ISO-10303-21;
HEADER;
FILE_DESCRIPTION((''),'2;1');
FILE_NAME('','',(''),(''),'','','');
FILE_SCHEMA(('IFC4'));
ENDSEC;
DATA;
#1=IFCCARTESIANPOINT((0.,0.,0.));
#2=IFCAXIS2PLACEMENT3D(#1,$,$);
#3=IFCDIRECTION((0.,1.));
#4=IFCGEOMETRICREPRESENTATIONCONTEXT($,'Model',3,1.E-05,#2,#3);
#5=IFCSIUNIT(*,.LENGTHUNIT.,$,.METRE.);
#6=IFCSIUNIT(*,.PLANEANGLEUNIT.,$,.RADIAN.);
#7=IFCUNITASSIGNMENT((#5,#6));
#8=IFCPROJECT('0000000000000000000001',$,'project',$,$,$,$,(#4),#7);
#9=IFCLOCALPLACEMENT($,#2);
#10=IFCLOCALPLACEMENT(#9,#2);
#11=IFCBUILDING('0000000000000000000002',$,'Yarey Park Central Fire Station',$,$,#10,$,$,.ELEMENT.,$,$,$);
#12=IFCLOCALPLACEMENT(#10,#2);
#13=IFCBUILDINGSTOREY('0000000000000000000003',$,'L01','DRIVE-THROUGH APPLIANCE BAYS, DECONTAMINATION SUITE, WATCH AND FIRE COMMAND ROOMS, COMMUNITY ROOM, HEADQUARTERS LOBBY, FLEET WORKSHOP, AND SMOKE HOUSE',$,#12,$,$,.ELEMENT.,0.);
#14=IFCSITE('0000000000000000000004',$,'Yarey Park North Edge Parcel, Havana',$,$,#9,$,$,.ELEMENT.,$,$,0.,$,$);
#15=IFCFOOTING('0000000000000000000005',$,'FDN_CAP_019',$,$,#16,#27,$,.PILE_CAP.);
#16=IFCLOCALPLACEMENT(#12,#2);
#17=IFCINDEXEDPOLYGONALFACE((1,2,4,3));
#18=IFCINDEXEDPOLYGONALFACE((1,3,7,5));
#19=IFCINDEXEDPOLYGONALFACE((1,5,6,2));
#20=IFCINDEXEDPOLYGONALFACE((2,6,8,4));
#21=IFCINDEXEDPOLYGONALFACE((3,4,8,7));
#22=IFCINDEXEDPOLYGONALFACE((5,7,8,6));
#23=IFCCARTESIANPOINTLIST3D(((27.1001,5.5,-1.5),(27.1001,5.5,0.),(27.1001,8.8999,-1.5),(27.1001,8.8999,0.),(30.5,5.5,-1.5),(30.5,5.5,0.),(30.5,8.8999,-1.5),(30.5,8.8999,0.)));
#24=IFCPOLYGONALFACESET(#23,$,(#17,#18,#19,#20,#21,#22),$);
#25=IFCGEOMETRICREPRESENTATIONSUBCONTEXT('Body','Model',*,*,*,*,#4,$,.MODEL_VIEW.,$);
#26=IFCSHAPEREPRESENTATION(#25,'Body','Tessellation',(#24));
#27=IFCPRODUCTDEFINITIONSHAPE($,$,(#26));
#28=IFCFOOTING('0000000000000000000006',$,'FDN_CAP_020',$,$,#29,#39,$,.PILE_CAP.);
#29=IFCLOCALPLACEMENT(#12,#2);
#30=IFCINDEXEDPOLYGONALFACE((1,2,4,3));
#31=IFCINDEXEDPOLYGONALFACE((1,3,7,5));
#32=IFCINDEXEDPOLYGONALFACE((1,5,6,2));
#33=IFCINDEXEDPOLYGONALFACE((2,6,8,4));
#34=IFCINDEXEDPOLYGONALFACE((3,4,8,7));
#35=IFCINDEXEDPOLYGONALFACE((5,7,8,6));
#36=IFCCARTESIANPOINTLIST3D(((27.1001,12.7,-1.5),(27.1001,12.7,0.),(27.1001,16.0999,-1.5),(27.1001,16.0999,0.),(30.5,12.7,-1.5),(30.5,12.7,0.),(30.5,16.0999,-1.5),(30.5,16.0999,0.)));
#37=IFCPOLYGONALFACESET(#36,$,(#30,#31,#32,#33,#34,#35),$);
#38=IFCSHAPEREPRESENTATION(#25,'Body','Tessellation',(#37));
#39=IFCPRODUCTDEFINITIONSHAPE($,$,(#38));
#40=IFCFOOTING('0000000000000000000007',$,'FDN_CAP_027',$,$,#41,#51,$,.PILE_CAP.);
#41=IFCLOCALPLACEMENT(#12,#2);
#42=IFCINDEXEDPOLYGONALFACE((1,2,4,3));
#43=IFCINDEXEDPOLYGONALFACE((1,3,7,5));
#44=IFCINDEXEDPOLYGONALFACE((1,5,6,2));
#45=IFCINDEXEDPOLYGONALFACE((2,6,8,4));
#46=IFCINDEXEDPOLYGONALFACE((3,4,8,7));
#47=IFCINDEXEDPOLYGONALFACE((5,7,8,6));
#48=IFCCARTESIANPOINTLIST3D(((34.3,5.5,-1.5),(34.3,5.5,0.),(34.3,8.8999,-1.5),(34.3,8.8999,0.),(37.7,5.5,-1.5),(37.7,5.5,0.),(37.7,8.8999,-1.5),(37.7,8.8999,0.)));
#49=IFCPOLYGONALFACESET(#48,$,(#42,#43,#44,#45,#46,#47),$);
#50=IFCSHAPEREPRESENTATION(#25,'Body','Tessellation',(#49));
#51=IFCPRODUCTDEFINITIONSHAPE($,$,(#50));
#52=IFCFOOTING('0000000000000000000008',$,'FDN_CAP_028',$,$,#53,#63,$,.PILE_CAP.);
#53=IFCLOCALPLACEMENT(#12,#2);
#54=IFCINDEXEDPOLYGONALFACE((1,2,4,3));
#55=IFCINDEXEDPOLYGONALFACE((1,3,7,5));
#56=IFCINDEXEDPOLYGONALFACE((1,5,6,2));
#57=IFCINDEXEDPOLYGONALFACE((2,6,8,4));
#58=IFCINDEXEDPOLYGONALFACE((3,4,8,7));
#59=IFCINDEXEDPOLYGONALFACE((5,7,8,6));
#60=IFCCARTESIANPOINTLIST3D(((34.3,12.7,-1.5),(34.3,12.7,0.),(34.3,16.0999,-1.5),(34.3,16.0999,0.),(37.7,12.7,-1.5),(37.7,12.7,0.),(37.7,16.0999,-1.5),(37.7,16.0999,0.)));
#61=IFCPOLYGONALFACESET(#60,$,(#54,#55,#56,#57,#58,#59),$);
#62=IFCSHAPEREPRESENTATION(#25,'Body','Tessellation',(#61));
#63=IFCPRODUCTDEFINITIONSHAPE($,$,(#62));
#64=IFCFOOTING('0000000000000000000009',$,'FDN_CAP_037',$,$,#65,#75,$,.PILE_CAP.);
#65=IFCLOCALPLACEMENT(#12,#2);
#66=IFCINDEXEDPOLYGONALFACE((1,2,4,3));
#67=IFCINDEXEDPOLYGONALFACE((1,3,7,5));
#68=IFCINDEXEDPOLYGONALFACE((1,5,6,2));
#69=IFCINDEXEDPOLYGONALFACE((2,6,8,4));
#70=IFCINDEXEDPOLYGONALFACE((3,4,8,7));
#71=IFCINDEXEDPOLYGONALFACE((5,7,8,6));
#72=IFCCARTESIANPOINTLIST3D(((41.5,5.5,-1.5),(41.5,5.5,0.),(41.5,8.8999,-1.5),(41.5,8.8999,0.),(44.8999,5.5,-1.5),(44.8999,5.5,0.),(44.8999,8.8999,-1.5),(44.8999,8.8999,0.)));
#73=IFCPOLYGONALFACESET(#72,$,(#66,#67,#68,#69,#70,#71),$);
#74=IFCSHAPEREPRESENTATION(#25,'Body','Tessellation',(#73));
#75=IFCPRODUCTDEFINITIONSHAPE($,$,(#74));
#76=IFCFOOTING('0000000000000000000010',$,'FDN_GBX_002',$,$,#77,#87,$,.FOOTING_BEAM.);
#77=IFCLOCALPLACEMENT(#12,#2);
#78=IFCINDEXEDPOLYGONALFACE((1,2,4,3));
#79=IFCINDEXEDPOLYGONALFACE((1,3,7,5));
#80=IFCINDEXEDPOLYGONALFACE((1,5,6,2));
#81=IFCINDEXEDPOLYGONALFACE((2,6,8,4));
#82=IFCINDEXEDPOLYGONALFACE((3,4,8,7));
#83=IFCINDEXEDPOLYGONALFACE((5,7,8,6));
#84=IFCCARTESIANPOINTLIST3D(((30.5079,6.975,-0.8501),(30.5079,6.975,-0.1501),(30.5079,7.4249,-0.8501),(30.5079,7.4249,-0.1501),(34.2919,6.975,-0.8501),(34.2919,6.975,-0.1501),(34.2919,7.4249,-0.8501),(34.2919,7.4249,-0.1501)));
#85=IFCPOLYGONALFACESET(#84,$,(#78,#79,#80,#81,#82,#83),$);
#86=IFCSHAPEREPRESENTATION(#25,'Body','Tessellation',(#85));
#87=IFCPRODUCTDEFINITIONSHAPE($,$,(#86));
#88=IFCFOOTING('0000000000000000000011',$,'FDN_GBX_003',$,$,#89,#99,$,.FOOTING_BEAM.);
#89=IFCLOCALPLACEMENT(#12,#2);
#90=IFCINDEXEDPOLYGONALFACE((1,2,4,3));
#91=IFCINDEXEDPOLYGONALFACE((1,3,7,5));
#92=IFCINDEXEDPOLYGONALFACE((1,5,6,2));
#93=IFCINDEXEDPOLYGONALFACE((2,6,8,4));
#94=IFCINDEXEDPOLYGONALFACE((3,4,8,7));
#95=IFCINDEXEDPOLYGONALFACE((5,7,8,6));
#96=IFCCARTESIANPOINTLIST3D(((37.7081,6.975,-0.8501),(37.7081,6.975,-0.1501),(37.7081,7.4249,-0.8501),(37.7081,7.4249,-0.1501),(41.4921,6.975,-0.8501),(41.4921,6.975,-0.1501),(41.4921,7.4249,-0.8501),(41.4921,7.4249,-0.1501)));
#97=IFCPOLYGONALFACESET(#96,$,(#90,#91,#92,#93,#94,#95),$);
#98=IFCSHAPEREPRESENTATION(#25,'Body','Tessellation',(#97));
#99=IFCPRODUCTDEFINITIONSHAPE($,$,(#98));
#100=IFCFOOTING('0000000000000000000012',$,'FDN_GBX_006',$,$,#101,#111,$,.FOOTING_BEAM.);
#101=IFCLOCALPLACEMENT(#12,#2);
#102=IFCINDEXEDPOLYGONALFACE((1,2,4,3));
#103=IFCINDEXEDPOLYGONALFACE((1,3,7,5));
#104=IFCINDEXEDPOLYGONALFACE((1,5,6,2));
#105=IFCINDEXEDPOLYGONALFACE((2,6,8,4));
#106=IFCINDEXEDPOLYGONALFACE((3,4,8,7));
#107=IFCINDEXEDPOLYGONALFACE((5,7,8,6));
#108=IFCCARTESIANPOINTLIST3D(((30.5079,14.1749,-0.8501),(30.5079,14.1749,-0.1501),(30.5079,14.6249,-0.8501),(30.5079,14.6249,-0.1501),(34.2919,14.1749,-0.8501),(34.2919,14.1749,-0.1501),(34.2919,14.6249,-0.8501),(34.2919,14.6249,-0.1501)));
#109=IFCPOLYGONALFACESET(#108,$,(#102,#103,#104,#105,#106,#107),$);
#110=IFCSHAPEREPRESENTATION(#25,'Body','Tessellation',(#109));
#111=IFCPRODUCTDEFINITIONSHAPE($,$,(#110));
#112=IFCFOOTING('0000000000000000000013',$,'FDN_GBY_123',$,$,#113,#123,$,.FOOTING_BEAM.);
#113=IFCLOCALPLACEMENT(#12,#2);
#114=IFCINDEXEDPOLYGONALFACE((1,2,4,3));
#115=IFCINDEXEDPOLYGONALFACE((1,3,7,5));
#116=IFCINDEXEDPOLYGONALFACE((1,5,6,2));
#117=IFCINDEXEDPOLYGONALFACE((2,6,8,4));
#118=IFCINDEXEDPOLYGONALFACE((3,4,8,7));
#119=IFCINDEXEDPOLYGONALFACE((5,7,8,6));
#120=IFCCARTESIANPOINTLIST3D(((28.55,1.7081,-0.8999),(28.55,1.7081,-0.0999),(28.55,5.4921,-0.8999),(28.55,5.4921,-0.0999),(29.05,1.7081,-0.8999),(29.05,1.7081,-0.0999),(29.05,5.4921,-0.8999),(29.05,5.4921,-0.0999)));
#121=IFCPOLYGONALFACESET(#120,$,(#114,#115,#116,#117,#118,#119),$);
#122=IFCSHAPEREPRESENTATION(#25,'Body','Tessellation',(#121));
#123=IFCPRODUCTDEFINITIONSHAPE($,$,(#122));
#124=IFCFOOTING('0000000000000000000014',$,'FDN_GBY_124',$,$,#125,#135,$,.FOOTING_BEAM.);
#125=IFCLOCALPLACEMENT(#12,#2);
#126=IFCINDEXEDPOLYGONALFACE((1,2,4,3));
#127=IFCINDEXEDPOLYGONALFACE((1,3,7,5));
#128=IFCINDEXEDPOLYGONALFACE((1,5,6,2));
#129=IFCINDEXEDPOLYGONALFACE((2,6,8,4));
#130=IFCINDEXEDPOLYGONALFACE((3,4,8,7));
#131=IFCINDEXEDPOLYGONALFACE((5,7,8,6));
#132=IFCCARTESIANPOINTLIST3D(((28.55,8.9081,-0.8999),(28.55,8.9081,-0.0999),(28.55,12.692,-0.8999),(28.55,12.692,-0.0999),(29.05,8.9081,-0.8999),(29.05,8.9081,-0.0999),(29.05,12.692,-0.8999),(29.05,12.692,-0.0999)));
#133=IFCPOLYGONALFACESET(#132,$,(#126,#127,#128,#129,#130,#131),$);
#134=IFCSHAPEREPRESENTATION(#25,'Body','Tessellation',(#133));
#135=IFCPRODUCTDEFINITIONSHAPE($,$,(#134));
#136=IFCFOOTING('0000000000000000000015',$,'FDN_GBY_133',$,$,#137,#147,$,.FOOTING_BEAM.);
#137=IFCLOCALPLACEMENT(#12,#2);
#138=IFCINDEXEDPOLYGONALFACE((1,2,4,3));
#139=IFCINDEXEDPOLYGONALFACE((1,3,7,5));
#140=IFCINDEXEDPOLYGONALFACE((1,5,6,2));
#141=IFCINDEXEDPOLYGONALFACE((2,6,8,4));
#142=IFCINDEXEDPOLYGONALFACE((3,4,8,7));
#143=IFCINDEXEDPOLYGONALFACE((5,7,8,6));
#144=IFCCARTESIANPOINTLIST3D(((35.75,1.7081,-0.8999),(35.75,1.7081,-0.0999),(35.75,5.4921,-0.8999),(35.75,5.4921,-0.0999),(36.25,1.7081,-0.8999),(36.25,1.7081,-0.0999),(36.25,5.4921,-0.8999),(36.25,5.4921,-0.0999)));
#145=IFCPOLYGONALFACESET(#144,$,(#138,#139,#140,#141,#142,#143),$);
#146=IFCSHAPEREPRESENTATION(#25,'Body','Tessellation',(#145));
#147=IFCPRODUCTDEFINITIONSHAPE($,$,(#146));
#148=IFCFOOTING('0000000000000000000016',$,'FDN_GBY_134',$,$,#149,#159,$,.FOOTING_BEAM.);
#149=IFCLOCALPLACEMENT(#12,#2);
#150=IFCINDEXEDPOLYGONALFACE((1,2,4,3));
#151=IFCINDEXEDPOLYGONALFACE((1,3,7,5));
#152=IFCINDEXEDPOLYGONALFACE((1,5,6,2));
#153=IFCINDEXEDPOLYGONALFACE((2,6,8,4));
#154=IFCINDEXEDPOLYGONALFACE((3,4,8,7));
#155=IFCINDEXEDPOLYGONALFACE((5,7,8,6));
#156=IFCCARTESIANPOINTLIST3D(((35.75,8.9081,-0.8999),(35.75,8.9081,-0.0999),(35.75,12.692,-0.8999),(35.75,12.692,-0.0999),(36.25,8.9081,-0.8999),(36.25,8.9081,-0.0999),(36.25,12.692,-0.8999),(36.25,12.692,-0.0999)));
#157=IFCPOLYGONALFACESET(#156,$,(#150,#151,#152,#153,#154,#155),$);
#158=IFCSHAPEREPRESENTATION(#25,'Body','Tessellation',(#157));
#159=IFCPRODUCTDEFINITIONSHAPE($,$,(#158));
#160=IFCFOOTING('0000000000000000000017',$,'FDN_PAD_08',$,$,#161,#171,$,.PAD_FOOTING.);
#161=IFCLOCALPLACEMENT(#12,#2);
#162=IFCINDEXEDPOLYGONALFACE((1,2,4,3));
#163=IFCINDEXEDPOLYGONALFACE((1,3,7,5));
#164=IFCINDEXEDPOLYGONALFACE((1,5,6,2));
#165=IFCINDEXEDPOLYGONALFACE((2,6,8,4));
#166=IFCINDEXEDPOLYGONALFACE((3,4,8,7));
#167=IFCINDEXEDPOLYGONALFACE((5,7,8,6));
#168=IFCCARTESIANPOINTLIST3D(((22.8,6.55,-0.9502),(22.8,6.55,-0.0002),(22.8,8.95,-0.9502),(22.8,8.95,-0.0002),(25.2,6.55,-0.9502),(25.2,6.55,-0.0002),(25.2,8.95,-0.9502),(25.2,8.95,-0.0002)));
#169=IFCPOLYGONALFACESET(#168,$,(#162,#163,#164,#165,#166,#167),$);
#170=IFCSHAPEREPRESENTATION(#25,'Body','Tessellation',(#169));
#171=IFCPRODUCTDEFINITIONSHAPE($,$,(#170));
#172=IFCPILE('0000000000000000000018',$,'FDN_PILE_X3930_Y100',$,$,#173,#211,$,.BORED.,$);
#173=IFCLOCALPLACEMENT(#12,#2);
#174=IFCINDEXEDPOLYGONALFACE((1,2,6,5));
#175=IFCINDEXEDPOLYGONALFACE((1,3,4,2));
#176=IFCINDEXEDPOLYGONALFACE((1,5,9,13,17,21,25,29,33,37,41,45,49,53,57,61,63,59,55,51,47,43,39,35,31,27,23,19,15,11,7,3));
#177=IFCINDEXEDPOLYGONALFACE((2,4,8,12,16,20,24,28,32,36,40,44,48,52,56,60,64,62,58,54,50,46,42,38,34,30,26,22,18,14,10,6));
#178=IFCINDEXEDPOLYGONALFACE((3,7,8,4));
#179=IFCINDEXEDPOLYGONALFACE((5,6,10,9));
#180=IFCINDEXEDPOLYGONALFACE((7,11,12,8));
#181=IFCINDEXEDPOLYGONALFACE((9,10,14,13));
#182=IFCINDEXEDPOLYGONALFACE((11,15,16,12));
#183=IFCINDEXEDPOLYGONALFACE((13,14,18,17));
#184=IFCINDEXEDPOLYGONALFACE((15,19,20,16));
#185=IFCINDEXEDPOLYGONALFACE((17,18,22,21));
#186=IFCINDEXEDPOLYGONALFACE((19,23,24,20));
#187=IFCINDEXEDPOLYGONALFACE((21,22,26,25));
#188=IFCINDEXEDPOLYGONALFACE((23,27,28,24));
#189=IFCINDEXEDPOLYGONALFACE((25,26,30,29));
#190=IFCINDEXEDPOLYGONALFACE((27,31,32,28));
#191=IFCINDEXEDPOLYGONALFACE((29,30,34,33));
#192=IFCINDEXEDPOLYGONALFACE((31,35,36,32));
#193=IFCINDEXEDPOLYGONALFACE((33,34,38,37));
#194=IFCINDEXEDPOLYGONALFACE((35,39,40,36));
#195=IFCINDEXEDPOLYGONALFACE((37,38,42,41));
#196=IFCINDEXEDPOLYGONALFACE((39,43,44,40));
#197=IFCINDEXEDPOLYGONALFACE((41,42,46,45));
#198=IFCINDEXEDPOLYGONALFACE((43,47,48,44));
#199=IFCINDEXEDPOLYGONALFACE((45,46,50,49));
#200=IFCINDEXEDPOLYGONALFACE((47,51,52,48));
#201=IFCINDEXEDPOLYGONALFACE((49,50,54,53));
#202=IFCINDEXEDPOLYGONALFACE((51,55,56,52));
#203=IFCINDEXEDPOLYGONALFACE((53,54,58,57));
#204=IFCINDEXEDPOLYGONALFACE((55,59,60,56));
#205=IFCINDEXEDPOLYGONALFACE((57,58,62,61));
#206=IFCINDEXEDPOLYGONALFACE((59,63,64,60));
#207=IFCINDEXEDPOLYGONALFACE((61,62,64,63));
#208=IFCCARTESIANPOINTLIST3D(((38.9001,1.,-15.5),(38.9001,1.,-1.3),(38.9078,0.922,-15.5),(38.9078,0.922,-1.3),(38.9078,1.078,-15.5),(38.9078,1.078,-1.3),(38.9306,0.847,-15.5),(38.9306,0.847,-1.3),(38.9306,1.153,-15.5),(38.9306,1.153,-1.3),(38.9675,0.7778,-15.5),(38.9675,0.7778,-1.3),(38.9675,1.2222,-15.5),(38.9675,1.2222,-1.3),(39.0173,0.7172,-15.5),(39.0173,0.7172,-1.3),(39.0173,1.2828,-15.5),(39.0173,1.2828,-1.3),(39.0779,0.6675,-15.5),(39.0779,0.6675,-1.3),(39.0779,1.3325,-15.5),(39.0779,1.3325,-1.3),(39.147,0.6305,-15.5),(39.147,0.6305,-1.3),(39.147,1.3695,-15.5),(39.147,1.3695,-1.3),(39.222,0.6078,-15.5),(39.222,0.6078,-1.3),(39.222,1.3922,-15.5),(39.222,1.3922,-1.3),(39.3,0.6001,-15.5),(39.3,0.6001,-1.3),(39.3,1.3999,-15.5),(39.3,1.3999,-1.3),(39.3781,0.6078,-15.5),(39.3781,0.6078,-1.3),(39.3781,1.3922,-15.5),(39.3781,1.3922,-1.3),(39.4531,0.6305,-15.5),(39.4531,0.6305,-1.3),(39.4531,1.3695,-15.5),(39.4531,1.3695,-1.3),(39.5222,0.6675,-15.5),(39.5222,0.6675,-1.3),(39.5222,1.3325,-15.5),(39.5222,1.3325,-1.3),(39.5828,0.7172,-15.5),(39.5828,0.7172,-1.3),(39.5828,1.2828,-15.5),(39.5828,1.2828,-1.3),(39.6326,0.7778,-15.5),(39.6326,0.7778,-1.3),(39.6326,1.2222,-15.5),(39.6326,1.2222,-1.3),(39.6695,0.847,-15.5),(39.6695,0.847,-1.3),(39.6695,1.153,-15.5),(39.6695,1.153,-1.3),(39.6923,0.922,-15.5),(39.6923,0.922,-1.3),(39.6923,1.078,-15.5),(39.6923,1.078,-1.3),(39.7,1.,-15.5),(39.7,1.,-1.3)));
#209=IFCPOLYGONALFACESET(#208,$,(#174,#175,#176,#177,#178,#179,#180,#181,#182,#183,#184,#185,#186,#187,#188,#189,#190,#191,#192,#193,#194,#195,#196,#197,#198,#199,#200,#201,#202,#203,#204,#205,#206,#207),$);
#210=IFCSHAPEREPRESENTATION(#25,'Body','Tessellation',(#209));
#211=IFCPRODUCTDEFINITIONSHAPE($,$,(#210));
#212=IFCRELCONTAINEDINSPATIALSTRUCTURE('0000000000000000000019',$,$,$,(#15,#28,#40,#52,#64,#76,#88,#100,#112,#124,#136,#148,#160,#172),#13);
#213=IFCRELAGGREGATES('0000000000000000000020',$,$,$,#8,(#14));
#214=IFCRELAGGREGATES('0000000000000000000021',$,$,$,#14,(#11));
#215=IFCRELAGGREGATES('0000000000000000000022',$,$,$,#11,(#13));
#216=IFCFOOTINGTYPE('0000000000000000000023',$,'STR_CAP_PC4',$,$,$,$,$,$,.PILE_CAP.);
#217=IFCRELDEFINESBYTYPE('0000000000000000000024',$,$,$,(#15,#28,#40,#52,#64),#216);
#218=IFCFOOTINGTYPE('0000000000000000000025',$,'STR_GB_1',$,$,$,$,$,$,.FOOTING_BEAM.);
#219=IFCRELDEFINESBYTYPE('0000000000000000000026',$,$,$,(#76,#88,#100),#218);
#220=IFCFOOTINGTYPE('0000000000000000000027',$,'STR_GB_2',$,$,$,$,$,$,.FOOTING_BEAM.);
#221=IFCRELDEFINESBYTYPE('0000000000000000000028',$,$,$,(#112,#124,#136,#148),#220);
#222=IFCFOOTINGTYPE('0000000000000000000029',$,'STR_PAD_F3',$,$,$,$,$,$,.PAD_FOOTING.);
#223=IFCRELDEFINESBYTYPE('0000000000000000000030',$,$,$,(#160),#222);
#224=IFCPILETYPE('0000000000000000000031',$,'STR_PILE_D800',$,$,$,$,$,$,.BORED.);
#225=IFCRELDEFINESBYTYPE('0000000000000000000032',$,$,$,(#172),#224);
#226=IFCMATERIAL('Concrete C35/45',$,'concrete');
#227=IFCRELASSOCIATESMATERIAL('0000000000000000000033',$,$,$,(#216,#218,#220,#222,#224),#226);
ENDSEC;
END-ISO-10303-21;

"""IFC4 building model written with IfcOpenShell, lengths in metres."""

from ifc_helpers import new_model, si_unit, direction, frame, origin, origin_2d, place, context, subcontext, project, spatial, rectangle, circle, extrude, material, material_profile, profile_set, type_object, element, save


model = new_model("IFC4")

# Units and contexts
model_context = context("Model", 3, precision=1e-05, world=origin(), true_north=direction((0.0, 1.0)))
body_context = subcontext(model_context, "Body", "Model", "MODEL_VIEW")
ifc_project = project(units=[si_unit("LENGTHUNIT", "METRE"), si_unit("PLANEANGLEUNIT", "RADIAN")], contexts=[model_context])

# Site, building, storey
site_placement = place(None, origin())
site = spatial("IfcSite", under=ifc_project, at=site_placement, Name="Yarey Park North Edge Parcel, Havana", CompositionType="ELEMENT", RefElevation=0.0)
building_placement = place(site_placement, origin())
building = spatial("IfcBuilding", under=site, at=building_placement, Name="Yarey Park Central Fire Station", CompositionType="ELEMENT")
storey_placement = place(building_placement, origin())
storey = spatial("IfcBuildingStorey", under=building, at=storey_placement, Name="L01", Description="DRIVE-THROUGH APPLIANCE BAYS, DECONTAMINATION SUITE, WATCH AND FIRE COMMAND ROOMS, COMMUNITY ROOM, HEADQUARTERS LOBBY, FLEET WORKSHOP, AND SMOKE HOUSE", CompositionType="ELEMENT", Elevation=0.0)

# Footings
ifc_material_1 = material(Name="Concrete C35/45", Category="concrete")
footing_type_1 = type_object("IfcFootingType", Name="STR_CAP_PC4", PredefinedType="PILE_CAP", material=ifc_material_1)
for number, where, z_axis, x_axis, name in (
    (1, (28.8, 7.2, -1.5), (0.0, 0.0, 1.0), (1.0, 0.0, 0.0), "FDN_CAP_019"),
    (2, (28.8, 14.3999, -1.5), (0.0, 0.0, 1.0), (1.0, 0.0, 0.0), "FDN_CAP_020"),
    (3, (36.0, 7.2, -1.5), (0.0, 0.0, 1.0), (1.0, 0.0, 0.0), "FDN_CAP_027"),
    (4, (36.0, 14.3999, -1.5), (0.0, 0.0, 1.0), (1.0, 0.0, 0.0), "FDN_CAP_028"),
    (5, (43.2, 7.2, -1.5), (0.0, 0.0, 1.0), (1.0, 0.0, 0.0), "FDN_CAP_037"),
):
    element("IfcFooting", number, at=place(storey_placement, frame(where, z_axis=z_axis, x_axis=x_axis)), inside=storey, type_object=footing_type_1, Name=name, PredefinedType="PILE_CAP", context=body_context, shape_type="SweptSolid", body=[
        extrude(rectangle(XDim=3.3999, YDim=3.3999, at=origin_2d()), origin(), (0.0, 0.0, 1.0), 1.5),
    ])
footing_type_2 = type_object("IfcFootingType", Name="STR_GB_1", PredefinedType="FOOTING_BEAM", material=ifc_material_1)
for number, where, z_axis, x_axis, name in (
    (6, (32.3999, 7.2, -0.8501), (0.0, 0.0, 1.0), (1.0, 0.0, 0.0), "FDN_GBX_002"),
    (7, (39.6001, 7.2, -0.8501), (0.0, 0.0, 1.0), (1.0, 0.0, 0.0), "FDN_GBX_003"),
    (8, (32.3999, 14.3999, -0.8501), (0.0, 0.0, 1.0), (1.0, 0.0, 0.0), "FDN_GBX_006"),
):
    element("IfcFooting", number, at=place(storey_placement, frame(where, z_axis=z_axis, x_axis=x_axis)), inside=storey, type_object=footing_type_2, Name=name, PredefinedType="FOOTING_BEAM", context=body_context, shape_type="SweptSolid", body=[
        extrude(rectangle(XDim=3.7839, YDim=0.45, at=origin_2d()), origin(), (0.0, 0.0, 1.0), 0.7),
    ])
footing_type_3 = type_object("IfcFootingType", Name="STR_GB_2", PredefinedType="FOOTING_BEAM", material=ifc_material_1)
for number, where, z_axis, x_axis, name in (
    (9, (28.8, 3.6001, -0.8999), (0.0, 0.0, 1.0), (1.0, 0.0, 0.0), "FDN_GBY_123"),
    (10, (28.8, 10.8, -0.8999), (0.0, 0.0, 1.0), (1.0, 0.0, 0.0), "FDN_GBY_124"),
    (11, (36.0, 3.6001, -0.8999), (0.0, 0.0, 1.0), (1.0, 0.0, 0.0), "FDN_GBY_133"),
    (12, (36.0, 10.8, -0.8999), (0.0, 0.0, 1.0), (1.0, 0.0, 0.0), "FDN_GBY_134"),
):
    element("IfcFooting", number, at=place(storey_placement, frame(where, z_axis=z_axis, x_axis=x_axis)), inside=storey, type_object=footing_type_3, Name=name, PredefinedType="FOOTING_BEAM", context=body_context, shape_type="SweptSolid", body=[
        extrude(rectangle(XDim=0.5, YDim=3.7839, at=origin_2d()), origin(), (0.0, 0.0, 1.0), 0.8),
    ])
footing_type_4 = type_object("IfcFootingType", Name="STR_PAD_F3", PredefinedType="PAD_FOOTING", material=ifc_material_1)
footing_placement = place(storey_placement, frame((24.0, 7.75, -0.9502), z_axis=(0.0, 0.0, 1.0), x_axis=(1.0, 0.0, 0.0)))
element("IfcFooting", 13, at=footing_placement, inside=storey, type_object=footing_type_4, Name="FDN_PAD_08", PredefinedType="PAD_FOOTING", context=body_context, shape_type="SweptSolid", body=[
    extrude(rectangle(XDim=2.3999, YDim=2.3999, at=origin_2d()), origin(), (0.0, 0.0, 1.0), 0.95),
])

# Pile
ifc_material_profile_1 = material_profile(ifc_material_1, circle(Radius=0.3999, at=origin_2d()), Name="BORED PILE D800")
ifc_profile_set_1 = profile_set([ifc_material_profile_1], Name="Concrete C35/45")
pile_type = type_object("IfcPileType", Name="STR_PILE_D800", PredefinedType="BORED", material=ifc_profile_set_1)
for number, where, z_axis, x_axis, name in (
    (14, (39.3, 1.0, -1.3), (0.0, 0.0, -1.0), (1.0, 0.0, 0.0), "FDN_PILE_X3930_Y100"),
):
    element("IfcPile", number, at=place(storey_placement, frame(where, z_axis=z_axis, x_axis=x_axis)), inside=storey, type_object=pile_type, Name=name, PredefinedType="BORED", context=body_context, shape_type="SweptSolid", body=[
        extrude(circle(Radius=0.3999, at=origin_2d()), origin(), (0.0, 0.0, 1.0), 14.2),
    ])

save(model, "model.ifc")
